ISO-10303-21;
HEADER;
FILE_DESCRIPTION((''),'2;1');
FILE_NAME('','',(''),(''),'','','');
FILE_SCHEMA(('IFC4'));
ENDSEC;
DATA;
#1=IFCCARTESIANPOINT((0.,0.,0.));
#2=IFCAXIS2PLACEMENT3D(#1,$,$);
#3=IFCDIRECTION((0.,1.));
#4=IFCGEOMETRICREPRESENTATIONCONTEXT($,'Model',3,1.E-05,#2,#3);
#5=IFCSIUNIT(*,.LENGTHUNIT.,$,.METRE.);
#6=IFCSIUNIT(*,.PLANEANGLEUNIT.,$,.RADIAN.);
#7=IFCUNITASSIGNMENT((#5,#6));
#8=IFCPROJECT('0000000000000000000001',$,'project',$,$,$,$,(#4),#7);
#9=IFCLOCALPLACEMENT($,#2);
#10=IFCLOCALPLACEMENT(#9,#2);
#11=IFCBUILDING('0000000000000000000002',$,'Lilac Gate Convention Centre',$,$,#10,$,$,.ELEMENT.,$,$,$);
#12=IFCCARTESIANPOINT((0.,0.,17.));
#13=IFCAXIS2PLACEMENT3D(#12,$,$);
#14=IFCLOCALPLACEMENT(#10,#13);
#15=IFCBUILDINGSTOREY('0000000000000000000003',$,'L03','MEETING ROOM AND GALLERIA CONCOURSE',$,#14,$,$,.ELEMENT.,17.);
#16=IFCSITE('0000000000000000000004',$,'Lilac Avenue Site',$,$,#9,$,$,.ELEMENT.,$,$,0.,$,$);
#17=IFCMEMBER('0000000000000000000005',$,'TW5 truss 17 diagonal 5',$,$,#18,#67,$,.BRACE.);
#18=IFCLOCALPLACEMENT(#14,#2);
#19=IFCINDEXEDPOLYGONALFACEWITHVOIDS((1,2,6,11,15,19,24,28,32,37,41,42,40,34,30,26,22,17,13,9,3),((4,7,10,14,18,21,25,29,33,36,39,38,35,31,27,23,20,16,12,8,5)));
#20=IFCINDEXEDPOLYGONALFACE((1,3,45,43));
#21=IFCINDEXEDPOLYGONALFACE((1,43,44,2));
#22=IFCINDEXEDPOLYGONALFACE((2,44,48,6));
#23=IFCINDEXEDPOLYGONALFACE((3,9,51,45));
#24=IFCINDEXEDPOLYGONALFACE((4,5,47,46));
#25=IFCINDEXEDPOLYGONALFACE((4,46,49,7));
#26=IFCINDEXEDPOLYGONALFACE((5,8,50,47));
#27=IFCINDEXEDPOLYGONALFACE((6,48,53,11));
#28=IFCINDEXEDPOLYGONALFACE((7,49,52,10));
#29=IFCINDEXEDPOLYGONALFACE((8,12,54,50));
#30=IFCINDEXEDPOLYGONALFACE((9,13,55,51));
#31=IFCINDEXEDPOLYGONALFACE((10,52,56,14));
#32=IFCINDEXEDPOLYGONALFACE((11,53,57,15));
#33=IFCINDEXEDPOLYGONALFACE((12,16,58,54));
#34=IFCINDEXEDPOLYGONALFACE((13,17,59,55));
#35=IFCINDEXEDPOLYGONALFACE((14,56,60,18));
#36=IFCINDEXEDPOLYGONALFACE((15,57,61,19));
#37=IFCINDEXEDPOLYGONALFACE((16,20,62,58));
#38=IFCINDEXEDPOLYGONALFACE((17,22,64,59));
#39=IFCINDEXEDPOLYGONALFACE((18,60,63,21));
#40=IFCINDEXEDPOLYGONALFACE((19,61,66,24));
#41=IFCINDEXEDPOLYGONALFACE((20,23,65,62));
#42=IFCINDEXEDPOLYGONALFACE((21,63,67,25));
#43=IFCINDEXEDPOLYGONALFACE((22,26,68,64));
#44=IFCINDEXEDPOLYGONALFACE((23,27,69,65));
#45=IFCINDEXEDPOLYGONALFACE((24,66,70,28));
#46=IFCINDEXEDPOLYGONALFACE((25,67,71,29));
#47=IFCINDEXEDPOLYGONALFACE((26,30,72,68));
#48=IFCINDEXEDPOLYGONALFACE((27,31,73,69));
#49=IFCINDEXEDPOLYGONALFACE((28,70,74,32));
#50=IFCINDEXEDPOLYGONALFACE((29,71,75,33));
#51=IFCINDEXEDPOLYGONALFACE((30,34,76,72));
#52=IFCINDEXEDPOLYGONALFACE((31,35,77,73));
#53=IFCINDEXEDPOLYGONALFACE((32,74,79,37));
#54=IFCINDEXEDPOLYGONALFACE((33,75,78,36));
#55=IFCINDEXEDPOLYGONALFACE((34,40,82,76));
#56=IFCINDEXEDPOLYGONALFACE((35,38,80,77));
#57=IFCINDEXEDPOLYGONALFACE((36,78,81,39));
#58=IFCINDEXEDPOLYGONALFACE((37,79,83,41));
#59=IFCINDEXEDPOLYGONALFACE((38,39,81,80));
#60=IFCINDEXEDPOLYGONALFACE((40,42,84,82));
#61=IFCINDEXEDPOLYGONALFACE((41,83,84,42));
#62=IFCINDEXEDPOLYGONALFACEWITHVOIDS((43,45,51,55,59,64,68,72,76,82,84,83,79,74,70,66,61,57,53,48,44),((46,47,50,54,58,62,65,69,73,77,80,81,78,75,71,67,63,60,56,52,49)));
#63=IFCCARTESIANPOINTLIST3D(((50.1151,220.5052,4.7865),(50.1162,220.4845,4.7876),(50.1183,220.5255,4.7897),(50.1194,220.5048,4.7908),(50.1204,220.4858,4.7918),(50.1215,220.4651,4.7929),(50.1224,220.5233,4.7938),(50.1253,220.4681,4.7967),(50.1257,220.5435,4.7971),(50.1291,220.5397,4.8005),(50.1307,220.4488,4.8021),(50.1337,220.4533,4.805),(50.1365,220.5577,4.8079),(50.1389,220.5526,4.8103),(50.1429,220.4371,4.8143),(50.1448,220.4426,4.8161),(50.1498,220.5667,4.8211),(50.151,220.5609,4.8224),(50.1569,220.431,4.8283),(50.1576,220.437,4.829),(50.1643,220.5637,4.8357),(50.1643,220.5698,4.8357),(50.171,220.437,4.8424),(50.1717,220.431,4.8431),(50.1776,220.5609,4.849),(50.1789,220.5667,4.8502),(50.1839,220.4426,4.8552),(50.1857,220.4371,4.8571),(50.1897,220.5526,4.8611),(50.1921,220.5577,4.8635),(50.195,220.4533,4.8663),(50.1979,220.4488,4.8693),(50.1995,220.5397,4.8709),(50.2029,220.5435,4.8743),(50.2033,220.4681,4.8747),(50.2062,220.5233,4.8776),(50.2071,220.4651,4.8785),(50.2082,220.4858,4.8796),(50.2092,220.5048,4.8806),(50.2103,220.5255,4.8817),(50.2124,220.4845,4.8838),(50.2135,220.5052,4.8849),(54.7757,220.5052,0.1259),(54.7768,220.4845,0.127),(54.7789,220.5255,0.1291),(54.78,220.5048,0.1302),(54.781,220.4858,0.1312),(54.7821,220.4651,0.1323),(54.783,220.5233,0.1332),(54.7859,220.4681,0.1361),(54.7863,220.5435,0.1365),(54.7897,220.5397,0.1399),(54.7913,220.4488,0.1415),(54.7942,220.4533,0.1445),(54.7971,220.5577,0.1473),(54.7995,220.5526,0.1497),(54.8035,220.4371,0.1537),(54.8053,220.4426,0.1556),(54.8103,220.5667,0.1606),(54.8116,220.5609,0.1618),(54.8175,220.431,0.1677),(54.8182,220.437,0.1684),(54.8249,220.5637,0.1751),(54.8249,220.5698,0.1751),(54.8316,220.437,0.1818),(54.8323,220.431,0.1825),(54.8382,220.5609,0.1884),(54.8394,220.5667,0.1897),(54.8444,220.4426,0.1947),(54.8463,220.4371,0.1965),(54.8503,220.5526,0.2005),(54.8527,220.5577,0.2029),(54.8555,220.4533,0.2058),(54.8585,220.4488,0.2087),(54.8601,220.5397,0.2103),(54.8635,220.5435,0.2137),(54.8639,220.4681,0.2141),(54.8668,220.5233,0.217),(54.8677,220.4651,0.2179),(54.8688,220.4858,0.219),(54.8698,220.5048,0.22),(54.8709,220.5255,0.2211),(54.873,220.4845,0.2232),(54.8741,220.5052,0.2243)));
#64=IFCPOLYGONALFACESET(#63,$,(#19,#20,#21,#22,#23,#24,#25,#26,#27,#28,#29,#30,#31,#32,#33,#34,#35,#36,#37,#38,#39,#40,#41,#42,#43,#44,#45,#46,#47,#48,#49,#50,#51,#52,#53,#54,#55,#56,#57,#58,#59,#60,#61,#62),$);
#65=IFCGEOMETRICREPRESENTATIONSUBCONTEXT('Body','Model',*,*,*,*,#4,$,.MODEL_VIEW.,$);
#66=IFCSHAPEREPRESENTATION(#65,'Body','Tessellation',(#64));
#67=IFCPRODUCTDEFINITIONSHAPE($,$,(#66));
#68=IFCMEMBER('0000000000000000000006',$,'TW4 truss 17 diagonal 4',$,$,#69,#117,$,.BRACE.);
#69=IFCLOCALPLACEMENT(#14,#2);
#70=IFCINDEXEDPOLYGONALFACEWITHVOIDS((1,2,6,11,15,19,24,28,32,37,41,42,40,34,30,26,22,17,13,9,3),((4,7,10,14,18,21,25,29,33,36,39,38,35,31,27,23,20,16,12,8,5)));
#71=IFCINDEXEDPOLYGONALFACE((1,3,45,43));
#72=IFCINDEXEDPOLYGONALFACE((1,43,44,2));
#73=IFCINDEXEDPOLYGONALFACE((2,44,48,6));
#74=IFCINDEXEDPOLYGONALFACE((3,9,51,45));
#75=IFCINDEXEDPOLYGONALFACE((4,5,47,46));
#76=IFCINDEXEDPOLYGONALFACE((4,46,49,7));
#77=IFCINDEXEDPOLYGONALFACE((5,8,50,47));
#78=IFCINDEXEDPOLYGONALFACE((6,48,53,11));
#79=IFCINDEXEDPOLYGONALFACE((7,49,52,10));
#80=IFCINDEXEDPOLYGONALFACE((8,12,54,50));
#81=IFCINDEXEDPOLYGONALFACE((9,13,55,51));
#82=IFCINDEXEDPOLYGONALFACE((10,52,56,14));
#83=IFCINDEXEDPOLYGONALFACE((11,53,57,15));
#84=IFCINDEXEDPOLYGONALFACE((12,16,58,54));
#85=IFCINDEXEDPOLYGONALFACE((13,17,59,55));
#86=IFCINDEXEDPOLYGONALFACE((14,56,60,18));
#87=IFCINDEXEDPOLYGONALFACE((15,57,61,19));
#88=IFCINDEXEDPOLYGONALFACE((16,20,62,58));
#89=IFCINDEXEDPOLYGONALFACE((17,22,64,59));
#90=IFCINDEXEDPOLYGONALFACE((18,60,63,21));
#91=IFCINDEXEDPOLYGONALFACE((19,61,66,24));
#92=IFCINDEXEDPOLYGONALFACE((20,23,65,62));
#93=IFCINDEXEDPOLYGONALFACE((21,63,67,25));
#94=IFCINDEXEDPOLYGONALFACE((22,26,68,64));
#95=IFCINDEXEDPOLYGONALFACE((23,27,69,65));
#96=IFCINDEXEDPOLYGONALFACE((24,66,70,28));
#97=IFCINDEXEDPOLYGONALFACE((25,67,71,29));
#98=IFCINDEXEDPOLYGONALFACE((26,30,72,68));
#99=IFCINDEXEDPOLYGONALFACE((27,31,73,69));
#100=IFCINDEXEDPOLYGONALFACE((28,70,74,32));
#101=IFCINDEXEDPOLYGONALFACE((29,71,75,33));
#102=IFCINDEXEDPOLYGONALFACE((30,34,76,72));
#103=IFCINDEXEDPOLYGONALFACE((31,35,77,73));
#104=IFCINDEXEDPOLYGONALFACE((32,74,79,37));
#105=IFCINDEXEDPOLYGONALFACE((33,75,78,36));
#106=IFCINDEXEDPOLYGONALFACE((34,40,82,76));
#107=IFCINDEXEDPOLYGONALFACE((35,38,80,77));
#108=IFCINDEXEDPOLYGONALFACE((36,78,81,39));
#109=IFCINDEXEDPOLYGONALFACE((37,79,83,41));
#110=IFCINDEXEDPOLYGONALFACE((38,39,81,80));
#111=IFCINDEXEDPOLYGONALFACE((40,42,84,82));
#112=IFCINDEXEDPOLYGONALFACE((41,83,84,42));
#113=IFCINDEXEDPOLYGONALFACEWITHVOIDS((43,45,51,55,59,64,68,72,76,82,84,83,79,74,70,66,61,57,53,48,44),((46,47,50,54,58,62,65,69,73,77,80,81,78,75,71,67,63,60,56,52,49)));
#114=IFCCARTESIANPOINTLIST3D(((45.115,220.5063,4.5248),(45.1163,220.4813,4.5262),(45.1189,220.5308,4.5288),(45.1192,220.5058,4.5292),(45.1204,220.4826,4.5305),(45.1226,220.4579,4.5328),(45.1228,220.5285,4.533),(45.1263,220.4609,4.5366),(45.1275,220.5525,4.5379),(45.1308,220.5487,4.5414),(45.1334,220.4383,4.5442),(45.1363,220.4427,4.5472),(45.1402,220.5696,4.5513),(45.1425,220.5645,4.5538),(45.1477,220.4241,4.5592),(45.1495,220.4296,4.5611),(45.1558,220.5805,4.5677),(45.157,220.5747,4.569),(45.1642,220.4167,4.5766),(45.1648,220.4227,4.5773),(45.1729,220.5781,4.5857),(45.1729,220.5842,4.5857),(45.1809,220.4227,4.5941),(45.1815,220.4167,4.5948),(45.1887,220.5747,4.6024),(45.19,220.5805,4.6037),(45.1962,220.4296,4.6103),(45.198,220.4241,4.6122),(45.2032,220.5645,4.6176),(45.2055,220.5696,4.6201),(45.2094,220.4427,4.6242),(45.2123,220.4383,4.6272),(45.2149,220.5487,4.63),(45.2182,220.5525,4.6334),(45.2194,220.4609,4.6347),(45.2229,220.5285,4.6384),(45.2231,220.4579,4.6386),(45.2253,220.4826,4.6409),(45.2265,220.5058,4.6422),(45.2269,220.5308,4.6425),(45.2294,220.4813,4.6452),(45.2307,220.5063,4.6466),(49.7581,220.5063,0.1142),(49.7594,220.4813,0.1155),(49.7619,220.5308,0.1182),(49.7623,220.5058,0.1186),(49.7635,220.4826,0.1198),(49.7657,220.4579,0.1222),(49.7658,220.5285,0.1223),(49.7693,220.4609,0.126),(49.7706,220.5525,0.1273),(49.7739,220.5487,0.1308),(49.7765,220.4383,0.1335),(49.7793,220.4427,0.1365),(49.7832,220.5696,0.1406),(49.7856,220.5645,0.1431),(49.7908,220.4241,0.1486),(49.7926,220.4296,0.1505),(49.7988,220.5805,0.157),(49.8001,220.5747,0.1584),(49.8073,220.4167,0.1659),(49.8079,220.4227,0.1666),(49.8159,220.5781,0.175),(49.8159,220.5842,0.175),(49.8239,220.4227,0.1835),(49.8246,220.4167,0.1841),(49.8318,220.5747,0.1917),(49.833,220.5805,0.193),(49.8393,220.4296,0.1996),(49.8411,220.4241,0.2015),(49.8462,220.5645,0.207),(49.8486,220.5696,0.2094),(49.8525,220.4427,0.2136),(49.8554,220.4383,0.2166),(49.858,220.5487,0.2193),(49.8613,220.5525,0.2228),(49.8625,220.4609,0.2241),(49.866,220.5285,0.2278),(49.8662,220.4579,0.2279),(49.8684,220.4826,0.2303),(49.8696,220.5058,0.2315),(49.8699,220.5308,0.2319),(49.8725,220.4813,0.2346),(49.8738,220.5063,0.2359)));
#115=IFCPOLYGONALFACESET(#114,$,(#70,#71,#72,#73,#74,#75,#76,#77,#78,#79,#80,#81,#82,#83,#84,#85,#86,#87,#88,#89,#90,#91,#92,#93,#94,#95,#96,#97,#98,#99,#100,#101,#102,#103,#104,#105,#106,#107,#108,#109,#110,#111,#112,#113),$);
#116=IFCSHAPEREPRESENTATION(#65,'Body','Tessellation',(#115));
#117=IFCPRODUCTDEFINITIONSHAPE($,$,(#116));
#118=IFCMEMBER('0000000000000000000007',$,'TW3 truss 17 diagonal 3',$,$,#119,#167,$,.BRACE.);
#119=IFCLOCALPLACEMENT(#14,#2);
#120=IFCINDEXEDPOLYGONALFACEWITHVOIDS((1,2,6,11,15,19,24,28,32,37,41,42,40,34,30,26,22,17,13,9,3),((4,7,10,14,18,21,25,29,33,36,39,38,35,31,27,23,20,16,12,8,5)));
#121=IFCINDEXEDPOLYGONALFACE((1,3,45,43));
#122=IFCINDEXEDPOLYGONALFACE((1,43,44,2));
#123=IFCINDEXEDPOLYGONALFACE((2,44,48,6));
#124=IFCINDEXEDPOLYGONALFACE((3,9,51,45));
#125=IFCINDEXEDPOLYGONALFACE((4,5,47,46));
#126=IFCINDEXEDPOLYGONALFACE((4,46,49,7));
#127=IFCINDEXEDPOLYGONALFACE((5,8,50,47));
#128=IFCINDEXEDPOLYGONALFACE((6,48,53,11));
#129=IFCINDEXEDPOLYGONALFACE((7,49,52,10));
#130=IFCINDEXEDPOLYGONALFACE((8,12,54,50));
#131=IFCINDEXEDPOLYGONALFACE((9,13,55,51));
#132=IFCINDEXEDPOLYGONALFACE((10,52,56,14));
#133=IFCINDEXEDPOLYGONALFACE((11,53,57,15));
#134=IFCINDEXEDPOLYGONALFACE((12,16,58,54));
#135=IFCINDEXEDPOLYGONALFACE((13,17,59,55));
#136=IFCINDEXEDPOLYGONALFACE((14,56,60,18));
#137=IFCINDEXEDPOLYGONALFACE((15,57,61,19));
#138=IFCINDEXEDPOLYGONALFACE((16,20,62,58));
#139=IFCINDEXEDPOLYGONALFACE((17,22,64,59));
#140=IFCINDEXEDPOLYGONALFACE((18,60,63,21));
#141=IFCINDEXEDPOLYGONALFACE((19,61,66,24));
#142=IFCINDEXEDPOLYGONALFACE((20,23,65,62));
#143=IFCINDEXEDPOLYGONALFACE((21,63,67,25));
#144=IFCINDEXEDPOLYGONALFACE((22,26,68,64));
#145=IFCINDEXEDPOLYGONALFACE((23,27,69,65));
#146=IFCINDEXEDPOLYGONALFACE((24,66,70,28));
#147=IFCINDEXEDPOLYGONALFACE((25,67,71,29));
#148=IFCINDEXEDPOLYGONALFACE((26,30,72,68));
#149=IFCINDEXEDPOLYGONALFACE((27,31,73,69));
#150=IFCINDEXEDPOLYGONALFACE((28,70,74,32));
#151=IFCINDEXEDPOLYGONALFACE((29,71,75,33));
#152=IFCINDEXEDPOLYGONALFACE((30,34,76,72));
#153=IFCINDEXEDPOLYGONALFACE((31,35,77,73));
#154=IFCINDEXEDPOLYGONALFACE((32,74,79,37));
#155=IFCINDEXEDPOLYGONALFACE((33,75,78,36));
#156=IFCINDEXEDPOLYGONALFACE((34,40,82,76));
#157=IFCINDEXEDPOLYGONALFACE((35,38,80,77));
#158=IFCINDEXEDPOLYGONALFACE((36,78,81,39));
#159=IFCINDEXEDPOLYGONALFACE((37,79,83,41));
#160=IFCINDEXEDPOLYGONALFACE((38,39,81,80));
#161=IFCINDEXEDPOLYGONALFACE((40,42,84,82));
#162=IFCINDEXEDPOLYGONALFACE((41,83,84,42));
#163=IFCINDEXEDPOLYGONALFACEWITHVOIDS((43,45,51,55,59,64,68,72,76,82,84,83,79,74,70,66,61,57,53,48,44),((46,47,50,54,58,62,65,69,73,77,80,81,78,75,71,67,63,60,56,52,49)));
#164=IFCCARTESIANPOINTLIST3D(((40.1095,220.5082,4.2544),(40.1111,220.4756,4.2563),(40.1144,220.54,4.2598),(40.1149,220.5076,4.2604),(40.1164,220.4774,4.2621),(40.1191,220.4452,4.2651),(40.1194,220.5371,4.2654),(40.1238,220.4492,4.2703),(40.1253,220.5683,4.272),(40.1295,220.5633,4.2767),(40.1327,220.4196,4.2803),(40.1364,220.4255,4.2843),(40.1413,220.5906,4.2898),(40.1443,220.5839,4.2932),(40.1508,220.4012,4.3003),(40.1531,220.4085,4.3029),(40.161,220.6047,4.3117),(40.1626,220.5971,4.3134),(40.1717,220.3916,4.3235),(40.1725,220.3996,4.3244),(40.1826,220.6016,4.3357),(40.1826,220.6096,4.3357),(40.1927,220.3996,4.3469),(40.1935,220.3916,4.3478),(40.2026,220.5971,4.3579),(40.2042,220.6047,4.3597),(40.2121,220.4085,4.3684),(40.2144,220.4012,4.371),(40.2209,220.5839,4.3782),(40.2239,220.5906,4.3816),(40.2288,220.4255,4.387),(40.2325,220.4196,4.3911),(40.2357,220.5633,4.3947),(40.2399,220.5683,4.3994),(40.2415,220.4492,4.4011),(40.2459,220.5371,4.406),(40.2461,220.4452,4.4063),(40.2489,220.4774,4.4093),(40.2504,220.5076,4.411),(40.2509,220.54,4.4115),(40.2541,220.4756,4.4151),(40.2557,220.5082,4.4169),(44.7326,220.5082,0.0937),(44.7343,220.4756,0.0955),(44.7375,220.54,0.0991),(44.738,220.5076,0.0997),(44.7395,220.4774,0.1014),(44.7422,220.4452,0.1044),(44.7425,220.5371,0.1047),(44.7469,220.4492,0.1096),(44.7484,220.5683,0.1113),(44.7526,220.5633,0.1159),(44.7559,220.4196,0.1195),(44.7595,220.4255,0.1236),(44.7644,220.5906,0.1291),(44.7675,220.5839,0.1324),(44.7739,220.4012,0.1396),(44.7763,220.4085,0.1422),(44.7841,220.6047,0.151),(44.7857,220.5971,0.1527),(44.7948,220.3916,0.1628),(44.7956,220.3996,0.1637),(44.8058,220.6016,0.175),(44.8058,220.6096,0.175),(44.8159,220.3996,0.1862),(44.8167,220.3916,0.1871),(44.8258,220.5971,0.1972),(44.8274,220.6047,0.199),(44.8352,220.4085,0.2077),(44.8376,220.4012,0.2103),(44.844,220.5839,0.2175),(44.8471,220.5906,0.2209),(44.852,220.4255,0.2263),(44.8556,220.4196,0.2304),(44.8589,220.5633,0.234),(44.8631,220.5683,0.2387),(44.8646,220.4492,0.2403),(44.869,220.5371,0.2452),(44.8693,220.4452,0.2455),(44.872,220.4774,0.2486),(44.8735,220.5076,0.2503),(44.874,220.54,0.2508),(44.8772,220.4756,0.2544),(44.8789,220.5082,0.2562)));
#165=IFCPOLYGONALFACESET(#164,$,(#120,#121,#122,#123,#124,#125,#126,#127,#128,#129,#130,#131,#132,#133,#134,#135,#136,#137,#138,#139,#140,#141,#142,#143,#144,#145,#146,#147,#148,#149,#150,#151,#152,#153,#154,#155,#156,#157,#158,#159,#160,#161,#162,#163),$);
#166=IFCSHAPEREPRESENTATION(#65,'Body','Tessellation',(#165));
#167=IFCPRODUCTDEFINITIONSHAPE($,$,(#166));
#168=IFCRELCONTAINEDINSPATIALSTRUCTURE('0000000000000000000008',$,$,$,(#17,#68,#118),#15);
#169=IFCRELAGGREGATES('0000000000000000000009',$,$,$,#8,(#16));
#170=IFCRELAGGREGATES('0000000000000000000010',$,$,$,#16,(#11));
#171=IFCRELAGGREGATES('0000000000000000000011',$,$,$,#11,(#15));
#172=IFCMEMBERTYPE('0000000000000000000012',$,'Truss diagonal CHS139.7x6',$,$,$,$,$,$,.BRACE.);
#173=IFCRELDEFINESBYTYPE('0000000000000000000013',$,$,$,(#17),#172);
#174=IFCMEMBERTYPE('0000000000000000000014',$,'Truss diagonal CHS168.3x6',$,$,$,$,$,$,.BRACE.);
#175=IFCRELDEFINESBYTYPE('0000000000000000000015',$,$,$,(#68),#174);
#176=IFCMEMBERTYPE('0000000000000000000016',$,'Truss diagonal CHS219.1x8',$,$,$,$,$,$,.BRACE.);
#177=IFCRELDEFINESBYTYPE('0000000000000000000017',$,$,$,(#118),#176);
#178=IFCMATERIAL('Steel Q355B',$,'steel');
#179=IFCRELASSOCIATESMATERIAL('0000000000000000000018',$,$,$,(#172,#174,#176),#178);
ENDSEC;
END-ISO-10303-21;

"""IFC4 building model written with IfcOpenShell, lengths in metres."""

from ifc_helpers import new_model, si_unit, direction, frame, origin, origin_2d, place, context, subcontext, project, spatial, hollow_circle, extrude, material, material_profile, profile_set, type_object, element, save


model = new_model("IFC4")

# Units and contexts
model_context = context("Model", 3, precision=1e-05, world=origin(), true_north=direction((0.0, 1.0)))
body_context = subcontext(model_context, "Body", "Model", "MODEL_VIEW")
ifc_project = project(units=[si_unit("LENGTHUNIT", "METRE"), si_unit("PLANEANGLEUNIT", "RADIAN")], contexts=[model_context])

# Site, building, storey
site_placement = place(None, origin())
site = spatial("IfcSite", under=ifc_project, at=site_placement, Name="Lilac Avenue Site", CompositionType="ELEMENT", RefElevation=0.0)
building_placement = place(site_placement, origin())
building = spatial("IfcBuilding", under=site, at=building_placement, Name="Lilac Gate Convention Centre", CompositionType="ELEMENT")
storey_placement = place(building_placement, frame((0.0, 0.0, 17.0)))
storey = spatial("IfcBuildingStorey", under=building, at=storey_placement, Name="L03", Description="MEETING ROOM AND GALLERIA CONCOURSE", CompositionType="ELEMENT", Elevation=17.0)

# Members
ifc_material = material(Name="Steel Q355B", Category="steel")
ifc_material_profile_1 = material_profile(ifc_material, hollow_circle(Radius=0.0698, WallThickness=0.0061, at=origin_2d()), Name="CHS139.7x6")
ifc_profile_set_1 = profile_set([ifc_material_profile_1], Name="Steel Q355B")
member_type_1 = type_object("IfcMemberType", Name="Truss diagonal CHS139.7x6", PredefinedType="BRACE", material=ifc_profile_set_1)
member_1_placement = place(storey_placement, frame((50.1643, 220.5, 4.8357), z_axis=(0.707107, 0.0, -0.707107), x_axis=(0.0, 1.0, 0.0)))
element("IfcMember", 1, at=member_1_placement, inside=storey, type_object=member_type_1, Name="TW5 truss 17 diagonal 5", PredefinedType="BRACE", context=body_context, shape_type="SweptSolid", body=[
    extrude(hollow_circle(Radius=0.0698, WallThickness=0.0061, at=origin_2d()), origin(), (0.0, 0.0, 1.0), 6.5911),
])
ifc_material_profile_2 = material_profile(ifc_material, hollow_circle(Radius=0.0842, WallThickness=0.0061, at=origin_2d()), Name="CHS168.3x6")
ifc_profile_set_2 = profile_set([ifc_material_profile_2], Name="Steel Q355B")
member_type_2 = type_object("IfcMemberType", Name="Truss diagonal CHS168.3x6", PredefinedType="BRACE", material=ifc_profile_set_2)
member_2_placement = place(storey_placement, frame((45.1729, 220.5, 4.5857), z_axis=(0.72502, 0.0, -0.688727), x_axis=(0.0, 1.0, 0.0)))
element("IfcMember", 2, at=member_2_placement, inside=storey, type_object=member_type_2, Name="TW4 truss 17 diagonal 4", PredefinedType="BRACE", context=body_context, shape_type="SweptSolid", body=[
    extrude(hollow_circle(Radius=0.0842, WallThickness=0.0061, at=origin_2d()), origin(), (0.0, 0.0, 1.0), 6.4041),
])
ifc_material_profile_3 = material_profile(ifc_material, hollow_circle(Radius=0.1096, WallThickness=0.0081, at=origin_2d()), Name="CHS219.1x8")
ifc_profile_set_3 = profile_set([ifc_material_profile_3], Name="Steel Q355B")
member_type_3 = type_object("IfcMemberType", Name="Truss diagonal CHS219.1x8", PredefinedType="BRACE", material=ifc_profile_set_3)
member_3_placement = place(storey_placement, frame((40.1826, 220.5, 4.3357), z_axis=(0.743302, 0.0, -0.668956), x_axis=(0.0, 1.0, 0.0)))
element("IfcMember", 3, at=member_3_placement, inside=storey, type_object=member_type_3, Name="TW3 truss 17 diagonal 3", PredefinedType="BRACE", context=body_context, shape_type="SweptSolid", body=[
    extrude(hollow_circle(Radius=0.1096, WallThickness=0.0081, at=origin_2d()), origin(), (0.0, 0.0, 1.0), 6.2197),
])

save(model, "model.ifc")
